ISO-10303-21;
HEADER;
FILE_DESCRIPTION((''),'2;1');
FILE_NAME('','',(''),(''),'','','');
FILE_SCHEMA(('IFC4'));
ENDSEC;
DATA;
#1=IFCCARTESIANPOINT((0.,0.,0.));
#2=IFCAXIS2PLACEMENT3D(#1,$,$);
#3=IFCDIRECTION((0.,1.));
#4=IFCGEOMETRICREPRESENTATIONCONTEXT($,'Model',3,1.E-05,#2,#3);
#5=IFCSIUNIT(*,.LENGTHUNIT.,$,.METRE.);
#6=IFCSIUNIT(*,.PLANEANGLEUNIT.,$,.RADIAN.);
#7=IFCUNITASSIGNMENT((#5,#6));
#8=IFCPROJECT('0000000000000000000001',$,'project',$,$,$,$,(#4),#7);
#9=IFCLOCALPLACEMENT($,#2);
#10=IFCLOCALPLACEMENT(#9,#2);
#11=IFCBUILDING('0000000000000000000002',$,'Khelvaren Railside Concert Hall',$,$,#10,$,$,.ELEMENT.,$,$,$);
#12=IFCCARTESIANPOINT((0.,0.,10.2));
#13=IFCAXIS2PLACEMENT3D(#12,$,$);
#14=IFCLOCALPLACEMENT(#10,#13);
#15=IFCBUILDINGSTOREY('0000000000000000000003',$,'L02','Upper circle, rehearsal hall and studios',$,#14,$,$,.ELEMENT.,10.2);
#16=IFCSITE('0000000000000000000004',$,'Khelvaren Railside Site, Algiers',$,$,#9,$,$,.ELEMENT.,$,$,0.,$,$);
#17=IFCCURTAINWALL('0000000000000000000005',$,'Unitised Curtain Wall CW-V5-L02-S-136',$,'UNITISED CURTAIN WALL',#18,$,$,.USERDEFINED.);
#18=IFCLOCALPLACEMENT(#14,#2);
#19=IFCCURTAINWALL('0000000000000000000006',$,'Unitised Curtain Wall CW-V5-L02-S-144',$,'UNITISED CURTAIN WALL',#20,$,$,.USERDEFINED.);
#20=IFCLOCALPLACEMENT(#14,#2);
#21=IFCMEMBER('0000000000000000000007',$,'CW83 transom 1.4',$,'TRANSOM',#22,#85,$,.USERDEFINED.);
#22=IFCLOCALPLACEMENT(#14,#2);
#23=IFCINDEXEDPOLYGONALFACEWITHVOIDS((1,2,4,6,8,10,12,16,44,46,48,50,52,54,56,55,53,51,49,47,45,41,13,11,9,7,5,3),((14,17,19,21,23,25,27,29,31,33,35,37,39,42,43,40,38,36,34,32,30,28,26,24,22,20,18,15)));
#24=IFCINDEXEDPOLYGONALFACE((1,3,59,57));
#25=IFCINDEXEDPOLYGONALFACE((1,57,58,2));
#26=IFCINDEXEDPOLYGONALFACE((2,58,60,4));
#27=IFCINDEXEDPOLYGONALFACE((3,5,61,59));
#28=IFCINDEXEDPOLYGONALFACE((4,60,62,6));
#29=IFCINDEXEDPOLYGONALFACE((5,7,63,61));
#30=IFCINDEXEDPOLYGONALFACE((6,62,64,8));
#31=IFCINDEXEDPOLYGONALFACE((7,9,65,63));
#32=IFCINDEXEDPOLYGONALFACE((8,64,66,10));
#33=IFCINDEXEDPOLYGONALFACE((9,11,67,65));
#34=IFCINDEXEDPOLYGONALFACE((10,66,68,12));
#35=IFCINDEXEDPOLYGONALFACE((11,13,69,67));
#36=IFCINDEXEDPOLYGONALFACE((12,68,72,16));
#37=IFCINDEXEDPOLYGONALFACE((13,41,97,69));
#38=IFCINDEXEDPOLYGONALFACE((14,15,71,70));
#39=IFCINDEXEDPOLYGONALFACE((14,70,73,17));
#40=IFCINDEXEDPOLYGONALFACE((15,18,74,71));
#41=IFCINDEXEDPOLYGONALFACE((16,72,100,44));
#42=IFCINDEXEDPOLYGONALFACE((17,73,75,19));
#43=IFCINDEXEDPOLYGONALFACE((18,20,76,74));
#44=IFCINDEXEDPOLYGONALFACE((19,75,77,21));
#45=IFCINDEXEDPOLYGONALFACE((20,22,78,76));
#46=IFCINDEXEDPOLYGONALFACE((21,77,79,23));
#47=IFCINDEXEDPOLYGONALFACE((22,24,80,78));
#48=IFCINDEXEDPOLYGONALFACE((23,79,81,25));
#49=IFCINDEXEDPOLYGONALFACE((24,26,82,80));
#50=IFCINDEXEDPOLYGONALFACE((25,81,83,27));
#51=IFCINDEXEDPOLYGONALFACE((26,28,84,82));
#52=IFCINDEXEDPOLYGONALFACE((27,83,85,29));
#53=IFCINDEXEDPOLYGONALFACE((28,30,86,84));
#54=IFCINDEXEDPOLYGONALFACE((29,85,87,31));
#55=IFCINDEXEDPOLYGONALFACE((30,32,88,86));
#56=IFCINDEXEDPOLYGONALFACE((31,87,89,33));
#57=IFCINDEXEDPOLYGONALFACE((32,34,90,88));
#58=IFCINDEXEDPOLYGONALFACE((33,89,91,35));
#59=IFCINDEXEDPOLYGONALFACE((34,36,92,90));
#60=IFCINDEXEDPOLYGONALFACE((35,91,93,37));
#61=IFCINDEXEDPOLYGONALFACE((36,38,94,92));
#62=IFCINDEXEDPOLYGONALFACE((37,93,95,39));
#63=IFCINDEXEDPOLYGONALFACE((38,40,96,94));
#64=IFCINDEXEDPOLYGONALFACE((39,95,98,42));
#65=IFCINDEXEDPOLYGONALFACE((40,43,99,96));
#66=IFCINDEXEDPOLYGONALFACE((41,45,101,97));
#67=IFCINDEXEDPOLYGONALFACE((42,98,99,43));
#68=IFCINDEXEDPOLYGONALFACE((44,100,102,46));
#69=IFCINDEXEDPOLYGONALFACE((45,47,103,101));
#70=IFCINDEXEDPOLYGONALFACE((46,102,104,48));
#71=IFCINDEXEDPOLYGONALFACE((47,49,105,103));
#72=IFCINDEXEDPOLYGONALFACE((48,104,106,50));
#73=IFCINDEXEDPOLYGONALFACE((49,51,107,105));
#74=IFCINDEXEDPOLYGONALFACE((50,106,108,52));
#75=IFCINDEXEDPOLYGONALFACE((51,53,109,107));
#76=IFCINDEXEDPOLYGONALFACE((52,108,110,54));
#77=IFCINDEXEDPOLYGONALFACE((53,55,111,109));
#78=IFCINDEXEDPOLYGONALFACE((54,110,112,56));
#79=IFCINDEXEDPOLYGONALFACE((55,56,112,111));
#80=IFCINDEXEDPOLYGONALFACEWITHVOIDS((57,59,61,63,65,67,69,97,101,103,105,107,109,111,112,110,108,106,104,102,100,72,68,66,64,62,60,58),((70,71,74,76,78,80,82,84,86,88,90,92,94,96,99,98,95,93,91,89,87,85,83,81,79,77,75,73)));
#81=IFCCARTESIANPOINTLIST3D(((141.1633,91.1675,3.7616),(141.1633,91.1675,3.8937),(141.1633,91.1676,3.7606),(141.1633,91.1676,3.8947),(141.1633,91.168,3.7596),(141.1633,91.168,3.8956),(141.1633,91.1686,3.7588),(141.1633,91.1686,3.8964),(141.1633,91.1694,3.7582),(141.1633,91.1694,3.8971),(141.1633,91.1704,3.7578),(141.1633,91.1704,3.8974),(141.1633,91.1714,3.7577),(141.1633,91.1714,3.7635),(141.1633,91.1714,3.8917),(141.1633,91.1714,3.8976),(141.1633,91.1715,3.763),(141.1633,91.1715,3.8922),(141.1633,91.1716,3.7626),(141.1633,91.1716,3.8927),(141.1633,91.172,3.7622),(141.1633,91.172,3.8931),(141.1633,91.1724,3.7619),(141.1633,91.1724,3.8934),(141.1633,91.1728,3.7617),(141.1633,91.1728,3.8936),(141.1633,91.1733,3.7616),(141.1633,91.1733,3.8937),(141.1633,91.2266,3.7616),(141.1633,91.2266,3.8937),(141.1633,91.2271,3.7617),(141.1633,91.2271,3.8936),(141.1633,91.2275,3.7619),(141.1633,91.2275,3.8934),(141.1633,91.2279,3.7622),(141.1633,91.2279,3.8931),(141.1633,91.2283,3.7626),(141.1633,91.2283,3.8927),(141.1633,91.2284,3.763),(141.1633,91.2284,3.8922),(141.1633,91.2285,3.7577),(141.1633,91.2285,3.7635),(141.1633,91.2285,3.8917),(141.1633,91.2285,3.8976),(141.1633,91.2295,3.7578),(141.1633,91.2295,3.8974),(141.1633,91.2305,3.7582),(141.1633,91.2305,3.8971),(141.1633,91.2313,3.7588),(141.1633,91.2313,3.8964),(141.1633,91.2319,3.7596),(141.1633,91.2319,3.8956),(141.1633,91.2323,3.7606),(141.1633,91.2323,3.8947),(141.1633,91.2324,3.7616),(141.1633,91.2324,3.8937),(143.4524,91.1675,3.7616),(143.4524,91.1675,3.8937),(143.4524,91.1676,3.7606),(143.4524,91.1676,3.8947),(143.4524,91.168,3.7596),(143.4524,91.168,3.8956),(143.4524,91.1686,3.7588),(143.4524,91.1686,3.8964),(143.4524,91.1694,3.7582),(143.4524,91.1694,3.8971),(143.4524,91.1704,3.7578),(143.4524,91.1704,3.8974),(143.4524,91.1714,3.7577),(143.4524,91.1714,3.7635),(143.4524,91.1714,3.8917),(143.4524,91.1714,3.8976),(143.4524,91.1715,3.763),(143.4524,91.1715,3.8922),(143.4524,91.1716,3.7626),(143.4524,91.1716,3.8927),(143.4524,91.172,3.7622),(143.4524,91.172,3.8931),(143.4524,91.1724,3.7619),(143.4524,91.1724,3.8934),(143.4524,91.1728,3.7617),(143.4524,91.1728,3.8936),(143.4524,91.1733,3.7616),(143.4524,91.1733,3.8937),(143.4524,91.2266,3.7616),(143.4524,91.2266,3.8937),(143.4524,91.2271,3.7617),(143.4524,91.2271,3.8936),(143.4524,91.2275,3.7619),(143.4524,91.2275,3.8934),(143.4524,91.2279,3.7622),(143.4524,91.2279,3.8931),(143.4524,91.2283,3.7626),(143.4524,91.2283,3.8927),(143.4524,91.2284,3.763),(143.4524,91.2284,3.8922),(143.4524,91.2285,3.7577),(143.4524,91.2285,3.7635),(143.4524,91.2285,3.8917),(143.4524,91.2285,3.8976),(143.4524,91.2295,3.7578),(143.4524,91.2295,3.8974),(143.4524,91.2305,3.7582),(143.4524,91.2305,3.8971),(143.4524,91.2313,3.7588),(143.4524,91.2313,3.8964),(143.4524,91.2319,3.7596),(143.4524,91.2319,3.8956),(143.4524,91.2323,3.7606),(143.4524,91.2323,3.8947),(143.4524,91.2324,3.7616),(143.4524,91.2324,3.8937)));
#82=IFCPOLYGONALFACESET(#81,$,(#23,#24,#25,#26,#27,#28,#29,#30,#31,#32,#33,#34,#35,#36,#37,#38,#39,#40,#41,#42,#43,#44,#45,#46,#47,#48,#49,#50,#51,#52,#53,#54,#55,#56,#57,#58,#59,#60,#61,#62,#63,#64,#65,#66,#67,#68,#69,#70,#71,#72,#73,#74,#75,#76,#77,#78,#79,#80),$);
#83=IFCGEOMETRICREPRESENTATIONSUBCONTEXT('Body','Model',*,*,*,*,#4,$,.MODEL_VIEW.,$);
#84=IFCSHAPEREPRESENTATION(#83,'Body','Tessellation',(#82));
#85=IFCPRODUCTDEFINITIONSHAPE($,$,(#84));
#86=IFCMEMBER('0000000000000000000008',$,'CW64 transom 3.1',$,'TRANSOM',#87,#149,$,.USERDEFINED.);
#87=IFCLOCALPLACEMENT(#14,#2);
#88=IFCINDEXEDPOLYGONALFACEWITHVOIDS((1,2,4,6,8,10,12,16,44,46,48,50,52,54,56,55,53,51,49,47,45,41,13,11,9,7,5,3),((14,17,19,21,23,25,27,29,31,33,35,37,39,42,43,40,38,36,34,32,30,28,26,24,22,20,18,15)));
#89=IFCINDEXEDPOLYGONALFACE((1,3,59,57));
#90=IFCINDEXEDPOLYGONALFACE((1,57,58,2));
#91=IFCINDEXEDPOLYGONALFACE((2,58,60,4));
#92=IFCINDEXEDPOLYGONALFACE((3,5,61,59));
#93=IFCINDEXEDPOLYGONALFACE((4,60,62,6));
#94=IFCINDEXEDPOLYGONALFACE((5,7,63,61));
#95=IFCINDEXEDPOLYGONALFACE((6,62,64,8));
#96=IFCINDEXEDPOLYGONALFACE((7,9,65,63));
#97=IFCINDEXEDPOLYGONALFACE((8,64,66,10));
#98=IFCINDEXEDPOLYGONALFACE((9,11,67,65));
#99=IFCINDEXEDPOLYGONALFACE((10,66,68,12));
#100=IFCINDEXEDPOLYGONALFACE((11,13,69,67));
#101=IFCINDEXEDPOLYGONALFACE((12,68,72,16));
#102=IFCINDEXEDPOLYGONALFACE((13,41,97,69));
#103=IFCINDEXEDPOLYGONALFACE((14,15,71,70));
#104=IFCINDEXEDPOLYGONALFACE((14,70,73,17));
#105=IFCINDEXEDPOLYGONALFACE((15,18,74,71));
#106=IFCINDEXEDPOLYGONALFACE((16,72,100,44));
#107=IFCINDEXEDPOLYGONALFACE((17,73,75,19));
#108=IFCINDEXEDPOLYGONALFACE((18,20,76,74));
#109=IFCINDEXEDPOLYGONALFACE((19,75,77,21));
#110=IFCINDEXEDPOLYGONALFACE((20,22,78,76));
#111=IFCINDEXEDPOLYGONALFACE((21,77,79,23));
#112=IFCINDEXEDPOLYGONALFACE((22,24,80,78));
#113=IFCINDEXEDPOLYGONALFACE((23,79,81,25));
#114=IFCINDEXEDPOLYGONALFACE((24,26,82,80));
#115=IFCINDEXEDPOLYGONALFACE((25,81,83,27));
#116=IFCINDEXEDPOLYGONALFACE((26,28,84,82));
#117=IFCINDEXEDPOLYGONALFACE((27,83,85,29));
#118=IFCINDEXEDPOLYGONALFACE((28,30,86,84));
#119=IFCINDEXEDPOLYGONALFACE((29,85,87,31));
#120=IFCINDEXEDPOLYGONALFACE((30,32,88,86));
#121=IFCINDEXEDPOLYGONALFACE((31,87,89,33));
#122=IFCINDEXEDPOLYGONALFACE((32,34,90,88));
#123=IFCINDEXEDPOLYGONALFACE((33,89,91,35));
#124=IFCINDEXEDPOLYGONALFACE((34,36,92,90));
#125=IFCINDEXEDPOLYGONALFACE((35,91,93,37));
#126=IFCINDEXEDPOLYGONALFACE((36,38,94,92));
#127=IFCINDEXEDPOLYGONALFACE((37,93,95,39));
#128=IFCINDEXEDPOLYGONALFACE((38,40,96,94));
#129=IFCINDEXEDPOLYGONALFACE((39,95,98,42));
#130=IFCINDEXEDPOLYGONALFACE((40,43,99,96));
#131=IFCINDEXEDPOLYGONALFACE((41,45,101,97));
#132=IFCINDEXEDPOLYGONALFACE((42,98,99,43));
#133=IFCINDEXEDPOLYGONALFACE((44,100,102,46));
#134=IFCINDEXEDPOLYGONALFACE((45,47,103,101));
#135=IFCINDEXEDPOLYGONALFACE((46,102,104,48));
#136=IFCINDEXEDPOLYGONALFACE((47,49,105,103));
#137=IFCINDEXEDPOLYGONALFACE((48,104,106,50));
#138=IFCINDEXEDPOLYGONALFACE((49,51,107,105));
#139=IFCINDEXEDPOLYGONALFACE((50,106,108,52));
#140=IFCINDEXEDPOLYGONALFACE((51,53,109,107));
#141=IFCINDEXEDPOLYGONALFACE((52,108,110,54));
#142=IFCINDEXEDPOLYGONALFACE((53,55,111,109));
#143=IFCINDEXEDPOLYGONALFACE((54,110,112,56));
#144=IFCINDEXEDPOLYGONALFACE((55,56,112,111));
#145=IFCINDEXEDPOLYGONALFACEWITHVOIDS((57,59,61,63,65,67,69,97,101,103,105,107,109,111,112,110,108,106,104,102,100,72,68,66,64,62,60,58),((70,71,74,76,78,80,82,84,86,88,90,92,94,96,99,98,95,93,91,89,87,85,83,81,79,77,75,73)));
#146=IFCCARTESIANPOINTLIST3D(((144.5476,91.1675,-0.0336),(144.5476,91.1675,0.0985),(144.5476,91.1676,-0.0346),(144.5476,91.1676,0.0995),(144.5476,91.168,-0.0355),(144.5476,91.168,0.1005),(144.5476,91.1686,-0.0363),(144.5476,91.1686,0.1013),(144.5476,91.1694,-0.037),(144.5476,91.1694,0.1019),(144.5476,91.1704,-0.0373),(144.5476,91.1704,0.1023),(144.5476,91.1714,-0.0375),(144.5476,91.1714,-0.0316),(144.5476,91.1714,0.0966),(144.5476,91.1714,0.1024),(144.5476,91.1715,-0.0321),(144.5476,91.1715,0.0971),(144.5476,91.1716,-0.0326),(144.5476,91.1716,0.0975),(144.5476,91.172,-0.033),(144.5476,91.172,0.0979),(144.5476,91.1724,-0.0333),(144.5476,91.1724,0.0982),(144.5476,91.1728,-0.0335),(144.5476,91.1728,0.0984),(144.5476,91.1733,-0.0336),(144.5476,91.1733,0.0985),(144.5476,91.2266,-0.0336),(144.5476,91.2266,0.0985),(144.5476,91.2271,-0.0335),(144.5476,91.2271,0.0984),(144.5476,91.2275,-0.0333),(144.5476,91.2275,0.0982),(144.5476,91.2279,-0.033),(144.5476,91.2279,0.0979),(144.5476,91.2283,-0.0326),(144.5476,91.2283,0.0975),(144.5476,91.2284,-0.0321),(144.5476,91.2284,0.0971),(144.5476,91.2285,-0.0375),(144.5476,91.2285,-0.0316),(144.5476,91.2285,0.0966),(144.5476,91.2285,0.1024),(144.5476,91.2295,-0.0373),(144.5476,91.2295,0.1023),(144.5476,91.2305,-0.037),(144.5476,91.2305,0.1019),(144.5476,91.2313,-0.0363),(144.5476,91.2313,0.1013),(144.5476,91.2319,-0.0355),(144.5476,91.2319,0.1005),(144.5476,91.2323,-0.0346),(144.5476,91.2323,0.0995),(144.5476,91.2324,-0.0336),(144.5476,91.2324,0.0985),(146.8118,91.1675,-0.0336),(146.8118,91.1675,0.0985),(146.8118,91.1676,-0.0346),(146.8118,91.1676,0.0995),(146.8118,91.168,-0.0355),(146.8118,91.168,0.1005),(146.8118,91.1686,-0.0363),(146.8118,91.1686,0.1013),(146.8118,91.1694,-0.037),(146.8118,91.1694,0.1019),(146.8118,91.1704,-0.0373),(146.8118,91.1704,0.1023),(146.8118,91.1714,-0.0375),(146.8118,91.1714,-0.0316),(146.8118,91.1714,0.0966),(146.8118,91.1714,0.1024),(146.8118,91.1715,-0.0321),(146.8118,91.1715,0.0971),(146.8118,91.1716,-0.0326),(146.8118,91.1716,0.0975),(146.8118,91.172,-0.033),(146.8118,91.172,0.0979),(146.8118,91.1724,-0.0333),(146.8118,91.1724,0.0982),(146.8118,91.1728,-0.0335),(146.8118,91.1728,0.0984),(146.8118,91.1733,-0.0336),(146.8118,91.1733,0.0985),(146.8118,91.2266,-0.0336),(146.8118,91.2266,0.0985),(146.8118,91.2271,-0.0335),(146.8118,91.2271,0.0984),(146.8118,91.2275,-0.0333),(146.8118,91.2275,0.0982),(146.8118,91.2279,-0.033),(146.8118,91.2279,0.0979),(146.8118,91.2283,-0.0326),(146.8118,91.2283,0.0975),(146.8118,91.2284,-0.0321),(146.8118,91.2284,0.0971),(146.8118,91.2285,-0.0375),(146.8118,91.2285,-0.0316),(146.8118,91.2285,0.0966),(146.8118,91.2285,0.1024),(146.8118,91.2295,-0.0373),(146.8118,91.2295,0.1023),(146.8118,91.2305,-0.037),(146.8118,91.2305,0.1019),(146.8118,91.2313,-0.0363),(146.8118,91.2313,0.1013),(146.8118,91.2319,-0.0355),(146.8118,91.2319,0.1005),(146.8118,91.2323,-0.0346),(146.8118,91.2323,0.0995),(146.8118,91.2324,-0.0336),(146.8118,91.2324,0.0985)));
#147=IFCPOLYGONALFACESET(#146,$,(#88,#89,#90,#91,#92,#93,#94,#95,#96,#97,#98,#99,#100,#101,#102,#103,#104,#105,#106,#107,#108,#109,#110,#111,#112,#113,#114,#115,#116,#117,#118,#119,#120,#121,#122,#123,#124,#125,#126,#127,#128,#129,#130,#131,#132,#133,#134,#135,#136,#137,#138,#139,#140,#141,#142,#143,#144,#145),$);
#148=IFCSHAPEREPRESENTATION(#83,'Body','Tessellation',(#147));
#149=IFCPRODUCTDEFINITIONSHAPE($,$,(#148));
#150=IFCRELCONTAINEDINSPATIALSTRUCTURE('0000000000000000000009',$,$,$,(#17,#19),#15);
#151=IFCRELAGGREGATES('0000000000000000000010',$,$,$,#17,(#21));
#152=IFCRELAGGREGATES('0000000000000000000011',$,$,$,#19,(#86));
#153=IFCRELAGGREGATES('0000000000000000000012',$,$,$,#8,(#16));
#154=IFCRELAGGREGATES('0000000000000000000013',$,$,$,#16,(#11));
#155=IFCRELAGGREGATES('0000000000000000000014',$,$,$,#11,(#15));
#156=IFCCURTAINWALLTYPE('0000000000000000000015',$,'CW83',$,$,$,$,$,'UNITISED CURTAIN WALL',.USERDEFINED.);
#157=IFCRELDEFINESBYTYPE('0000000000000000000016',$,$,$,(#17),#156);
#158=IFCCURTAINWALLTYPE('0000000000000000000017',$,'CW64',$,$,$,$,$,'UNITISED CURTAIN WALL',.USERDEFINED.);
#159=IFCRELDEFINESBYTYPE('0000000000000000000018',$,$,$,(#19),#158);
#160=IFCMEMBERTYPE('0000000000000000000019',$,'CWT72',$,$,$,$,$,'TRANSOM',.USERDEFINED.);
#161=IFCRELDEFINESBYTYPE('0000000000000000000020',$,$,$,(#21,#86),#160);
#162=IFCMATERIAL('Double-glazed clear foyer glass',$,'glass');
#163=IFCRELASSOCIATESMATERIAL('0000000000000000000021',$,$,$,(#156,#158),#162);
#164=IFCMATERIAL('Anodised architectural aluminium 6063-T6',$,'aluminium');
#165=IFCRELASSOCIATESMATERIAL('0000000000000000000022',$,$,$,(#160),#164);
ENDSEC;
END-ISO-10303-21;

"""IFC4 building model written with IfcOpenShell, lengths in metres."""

from ifc_helpers import new_model, si_unit, direction, frame, origin, origin_2d, place, context, subcontext, project, spatial, hollow_rectangle, extrude, material, material_profile, profile_set, type_object, element, aggregate, save


model = new_model("IFC4")

# Units and contexts
model_context = context("Model", 3, precision=1e-05, world=origin(), true_north=direction((0.0, 1.0)))
body_context = subcontext(model_context, "Body", "Model", "MODEL_VIEW")
ifc_project = project(units=[si_unit("LENGTHUNIT", "METRE"), si_unit("PLANEANGLEUNIT", "RADIAN")], contexts=[model_context])

# Site, building, storey
site_placement = place(None, origin())
site = spatial("IfcSite", under=ifc_project, at=site_placement, Name="Khelvaren Railside Site, Algiers", CompositionType="ELEMENT", RefElevation=0.0)
building_placement = place(site_placement, origin())
building = spatial("IfcBuilding", under=site, at=building_placement, Name="Khelvaren Railside Concert Hall", CompositionType="ELEMENT")
storey_placement = place(building_placement, frame((0.0, 0.0, 10.2)))
storey = spatial("IfcBuildingStorey", under=building, at=storey_placement, Name="L02", Description="Upper circle, rehearsal hall and studios", CompositionType="ELEMENT", Elevation=10.2)

# Curtain wall
ifc_material_1 = material(Name="Double-glazed clear foyer glass", Category="glass")
curtain_wall_type_1 = type_object("IfcCurtainWallType", Name="CW83", ElementType="UNITISED CURTAIN WALL", PredefinedType="USERDEFINED", material=ifc_material_1)
curtain_wall_1_placement = place(storey_placement, origin())
curtain_wall_1 = element("IfcCurtainWall", 1, at=curtain_wall_1_placement, inside=storey, type_object=curtain_wall_type_1, Name="Unitised Curtain Wall CW-V5-L02-S-136", ObjectType="UNITISED CURTAIN WALL", PredefinedType="USERDEFINED")
ifc_material_2 = material(Name="Anodised architectural aluminium 6063-T6", Category="aluminium")

# Curtain wall
curtain_wall_type_2 = type_object("IfcCurtainWallType", Name="CW64", ElementType="UNITISED CURTAIN WALL", PredefinedType="USERDEFINED", material=ifc_material_1)
curtain_wall_2_placement = place(storey_placement, origin())
curtain_wall_2 = element("IfcCurtainWall", 2, at=curtain_wall_2_placement, inside=storey, type_object=curtain_wall_type_2, Name="Unitised Curtain Wall CW-V5-L02-S-144", ObjectType="UNITISED CURTAIN WALL", PredefinedType="USERDEFINED")

# Members
ifc_material_profile_1 = material_profile(ifc_material_2, hollow_rectangle(XDim=0.0649, YDim=0.1399, WallThickness=0.0039, InnerFilletRadius=0.002, OuterFilletRadius=0.0039, at=origin_2d()), Name="CWT 65x140x4")
ifc_profile_set_1 = profile_set([ifc_material_profile_1], Name="Anodised architectural aluminium 6063-T6")
member_type_1 = type_object("IfcMemberType", Name="CWT72", ElementType="TRANSOM", PredefinedType="USERDEFINED", material=ifc_profile_set_1)
member_1_placement = place(storey_placement, frame((143.4524, 91.2, 3.8276), z_axis=(-1.0, 0.0, 0.0), x_axis=(0.0, -1.0, 0.0)))
member_1 = element("IfcMember", 3, at=member_1_placement, type_object=member_type_1, Name="CW83 transom 1.4", ObjectType="TRANSOM", PredefinedType="USERDEFINED", context=body_context, shape_type="SweptSolid", body=[
    extrude(hollow_rectangle(XDim=0.0649, YDim=0.1399, WallThickness=0.0039, InnerFilletRadius=0.002, OuterFilletRadius=0.0039, at=origin_2d()), origin(), (0.0, 0.0, 1.0), 2.2891),
])
member_2_placement = place(storey_placement, frame((146.8118, 91.2, 0.0325), z_axis=(-1.0, 0.0, 0.0), x_axis=(0.0, -1.0, 0.0)))
member_2 = element("IfcMember", 4, at=member_2_placement, type_object=member_type_1, Name="CW64 transom 3.1", ObjectType="TRANSOM", PredefinedType="USERDEFINED", context=body_context, shape_type="SweptSolid", body=[
    extrude(hollow_rectangle(XDim=0.0649, YDim=0.1399, WallThickness=0.0039, InnerFilletRadius=0.002, OuterFilletRadius=0.0039, at=origin_2d()), origin(), (0.0, 0.0, 1.0), 2.2642),
])

aggregate(curtain_wall_1, [member_1])
aggregate(curtain_wall_2, [member_2])

save(model, "model.ifc")
